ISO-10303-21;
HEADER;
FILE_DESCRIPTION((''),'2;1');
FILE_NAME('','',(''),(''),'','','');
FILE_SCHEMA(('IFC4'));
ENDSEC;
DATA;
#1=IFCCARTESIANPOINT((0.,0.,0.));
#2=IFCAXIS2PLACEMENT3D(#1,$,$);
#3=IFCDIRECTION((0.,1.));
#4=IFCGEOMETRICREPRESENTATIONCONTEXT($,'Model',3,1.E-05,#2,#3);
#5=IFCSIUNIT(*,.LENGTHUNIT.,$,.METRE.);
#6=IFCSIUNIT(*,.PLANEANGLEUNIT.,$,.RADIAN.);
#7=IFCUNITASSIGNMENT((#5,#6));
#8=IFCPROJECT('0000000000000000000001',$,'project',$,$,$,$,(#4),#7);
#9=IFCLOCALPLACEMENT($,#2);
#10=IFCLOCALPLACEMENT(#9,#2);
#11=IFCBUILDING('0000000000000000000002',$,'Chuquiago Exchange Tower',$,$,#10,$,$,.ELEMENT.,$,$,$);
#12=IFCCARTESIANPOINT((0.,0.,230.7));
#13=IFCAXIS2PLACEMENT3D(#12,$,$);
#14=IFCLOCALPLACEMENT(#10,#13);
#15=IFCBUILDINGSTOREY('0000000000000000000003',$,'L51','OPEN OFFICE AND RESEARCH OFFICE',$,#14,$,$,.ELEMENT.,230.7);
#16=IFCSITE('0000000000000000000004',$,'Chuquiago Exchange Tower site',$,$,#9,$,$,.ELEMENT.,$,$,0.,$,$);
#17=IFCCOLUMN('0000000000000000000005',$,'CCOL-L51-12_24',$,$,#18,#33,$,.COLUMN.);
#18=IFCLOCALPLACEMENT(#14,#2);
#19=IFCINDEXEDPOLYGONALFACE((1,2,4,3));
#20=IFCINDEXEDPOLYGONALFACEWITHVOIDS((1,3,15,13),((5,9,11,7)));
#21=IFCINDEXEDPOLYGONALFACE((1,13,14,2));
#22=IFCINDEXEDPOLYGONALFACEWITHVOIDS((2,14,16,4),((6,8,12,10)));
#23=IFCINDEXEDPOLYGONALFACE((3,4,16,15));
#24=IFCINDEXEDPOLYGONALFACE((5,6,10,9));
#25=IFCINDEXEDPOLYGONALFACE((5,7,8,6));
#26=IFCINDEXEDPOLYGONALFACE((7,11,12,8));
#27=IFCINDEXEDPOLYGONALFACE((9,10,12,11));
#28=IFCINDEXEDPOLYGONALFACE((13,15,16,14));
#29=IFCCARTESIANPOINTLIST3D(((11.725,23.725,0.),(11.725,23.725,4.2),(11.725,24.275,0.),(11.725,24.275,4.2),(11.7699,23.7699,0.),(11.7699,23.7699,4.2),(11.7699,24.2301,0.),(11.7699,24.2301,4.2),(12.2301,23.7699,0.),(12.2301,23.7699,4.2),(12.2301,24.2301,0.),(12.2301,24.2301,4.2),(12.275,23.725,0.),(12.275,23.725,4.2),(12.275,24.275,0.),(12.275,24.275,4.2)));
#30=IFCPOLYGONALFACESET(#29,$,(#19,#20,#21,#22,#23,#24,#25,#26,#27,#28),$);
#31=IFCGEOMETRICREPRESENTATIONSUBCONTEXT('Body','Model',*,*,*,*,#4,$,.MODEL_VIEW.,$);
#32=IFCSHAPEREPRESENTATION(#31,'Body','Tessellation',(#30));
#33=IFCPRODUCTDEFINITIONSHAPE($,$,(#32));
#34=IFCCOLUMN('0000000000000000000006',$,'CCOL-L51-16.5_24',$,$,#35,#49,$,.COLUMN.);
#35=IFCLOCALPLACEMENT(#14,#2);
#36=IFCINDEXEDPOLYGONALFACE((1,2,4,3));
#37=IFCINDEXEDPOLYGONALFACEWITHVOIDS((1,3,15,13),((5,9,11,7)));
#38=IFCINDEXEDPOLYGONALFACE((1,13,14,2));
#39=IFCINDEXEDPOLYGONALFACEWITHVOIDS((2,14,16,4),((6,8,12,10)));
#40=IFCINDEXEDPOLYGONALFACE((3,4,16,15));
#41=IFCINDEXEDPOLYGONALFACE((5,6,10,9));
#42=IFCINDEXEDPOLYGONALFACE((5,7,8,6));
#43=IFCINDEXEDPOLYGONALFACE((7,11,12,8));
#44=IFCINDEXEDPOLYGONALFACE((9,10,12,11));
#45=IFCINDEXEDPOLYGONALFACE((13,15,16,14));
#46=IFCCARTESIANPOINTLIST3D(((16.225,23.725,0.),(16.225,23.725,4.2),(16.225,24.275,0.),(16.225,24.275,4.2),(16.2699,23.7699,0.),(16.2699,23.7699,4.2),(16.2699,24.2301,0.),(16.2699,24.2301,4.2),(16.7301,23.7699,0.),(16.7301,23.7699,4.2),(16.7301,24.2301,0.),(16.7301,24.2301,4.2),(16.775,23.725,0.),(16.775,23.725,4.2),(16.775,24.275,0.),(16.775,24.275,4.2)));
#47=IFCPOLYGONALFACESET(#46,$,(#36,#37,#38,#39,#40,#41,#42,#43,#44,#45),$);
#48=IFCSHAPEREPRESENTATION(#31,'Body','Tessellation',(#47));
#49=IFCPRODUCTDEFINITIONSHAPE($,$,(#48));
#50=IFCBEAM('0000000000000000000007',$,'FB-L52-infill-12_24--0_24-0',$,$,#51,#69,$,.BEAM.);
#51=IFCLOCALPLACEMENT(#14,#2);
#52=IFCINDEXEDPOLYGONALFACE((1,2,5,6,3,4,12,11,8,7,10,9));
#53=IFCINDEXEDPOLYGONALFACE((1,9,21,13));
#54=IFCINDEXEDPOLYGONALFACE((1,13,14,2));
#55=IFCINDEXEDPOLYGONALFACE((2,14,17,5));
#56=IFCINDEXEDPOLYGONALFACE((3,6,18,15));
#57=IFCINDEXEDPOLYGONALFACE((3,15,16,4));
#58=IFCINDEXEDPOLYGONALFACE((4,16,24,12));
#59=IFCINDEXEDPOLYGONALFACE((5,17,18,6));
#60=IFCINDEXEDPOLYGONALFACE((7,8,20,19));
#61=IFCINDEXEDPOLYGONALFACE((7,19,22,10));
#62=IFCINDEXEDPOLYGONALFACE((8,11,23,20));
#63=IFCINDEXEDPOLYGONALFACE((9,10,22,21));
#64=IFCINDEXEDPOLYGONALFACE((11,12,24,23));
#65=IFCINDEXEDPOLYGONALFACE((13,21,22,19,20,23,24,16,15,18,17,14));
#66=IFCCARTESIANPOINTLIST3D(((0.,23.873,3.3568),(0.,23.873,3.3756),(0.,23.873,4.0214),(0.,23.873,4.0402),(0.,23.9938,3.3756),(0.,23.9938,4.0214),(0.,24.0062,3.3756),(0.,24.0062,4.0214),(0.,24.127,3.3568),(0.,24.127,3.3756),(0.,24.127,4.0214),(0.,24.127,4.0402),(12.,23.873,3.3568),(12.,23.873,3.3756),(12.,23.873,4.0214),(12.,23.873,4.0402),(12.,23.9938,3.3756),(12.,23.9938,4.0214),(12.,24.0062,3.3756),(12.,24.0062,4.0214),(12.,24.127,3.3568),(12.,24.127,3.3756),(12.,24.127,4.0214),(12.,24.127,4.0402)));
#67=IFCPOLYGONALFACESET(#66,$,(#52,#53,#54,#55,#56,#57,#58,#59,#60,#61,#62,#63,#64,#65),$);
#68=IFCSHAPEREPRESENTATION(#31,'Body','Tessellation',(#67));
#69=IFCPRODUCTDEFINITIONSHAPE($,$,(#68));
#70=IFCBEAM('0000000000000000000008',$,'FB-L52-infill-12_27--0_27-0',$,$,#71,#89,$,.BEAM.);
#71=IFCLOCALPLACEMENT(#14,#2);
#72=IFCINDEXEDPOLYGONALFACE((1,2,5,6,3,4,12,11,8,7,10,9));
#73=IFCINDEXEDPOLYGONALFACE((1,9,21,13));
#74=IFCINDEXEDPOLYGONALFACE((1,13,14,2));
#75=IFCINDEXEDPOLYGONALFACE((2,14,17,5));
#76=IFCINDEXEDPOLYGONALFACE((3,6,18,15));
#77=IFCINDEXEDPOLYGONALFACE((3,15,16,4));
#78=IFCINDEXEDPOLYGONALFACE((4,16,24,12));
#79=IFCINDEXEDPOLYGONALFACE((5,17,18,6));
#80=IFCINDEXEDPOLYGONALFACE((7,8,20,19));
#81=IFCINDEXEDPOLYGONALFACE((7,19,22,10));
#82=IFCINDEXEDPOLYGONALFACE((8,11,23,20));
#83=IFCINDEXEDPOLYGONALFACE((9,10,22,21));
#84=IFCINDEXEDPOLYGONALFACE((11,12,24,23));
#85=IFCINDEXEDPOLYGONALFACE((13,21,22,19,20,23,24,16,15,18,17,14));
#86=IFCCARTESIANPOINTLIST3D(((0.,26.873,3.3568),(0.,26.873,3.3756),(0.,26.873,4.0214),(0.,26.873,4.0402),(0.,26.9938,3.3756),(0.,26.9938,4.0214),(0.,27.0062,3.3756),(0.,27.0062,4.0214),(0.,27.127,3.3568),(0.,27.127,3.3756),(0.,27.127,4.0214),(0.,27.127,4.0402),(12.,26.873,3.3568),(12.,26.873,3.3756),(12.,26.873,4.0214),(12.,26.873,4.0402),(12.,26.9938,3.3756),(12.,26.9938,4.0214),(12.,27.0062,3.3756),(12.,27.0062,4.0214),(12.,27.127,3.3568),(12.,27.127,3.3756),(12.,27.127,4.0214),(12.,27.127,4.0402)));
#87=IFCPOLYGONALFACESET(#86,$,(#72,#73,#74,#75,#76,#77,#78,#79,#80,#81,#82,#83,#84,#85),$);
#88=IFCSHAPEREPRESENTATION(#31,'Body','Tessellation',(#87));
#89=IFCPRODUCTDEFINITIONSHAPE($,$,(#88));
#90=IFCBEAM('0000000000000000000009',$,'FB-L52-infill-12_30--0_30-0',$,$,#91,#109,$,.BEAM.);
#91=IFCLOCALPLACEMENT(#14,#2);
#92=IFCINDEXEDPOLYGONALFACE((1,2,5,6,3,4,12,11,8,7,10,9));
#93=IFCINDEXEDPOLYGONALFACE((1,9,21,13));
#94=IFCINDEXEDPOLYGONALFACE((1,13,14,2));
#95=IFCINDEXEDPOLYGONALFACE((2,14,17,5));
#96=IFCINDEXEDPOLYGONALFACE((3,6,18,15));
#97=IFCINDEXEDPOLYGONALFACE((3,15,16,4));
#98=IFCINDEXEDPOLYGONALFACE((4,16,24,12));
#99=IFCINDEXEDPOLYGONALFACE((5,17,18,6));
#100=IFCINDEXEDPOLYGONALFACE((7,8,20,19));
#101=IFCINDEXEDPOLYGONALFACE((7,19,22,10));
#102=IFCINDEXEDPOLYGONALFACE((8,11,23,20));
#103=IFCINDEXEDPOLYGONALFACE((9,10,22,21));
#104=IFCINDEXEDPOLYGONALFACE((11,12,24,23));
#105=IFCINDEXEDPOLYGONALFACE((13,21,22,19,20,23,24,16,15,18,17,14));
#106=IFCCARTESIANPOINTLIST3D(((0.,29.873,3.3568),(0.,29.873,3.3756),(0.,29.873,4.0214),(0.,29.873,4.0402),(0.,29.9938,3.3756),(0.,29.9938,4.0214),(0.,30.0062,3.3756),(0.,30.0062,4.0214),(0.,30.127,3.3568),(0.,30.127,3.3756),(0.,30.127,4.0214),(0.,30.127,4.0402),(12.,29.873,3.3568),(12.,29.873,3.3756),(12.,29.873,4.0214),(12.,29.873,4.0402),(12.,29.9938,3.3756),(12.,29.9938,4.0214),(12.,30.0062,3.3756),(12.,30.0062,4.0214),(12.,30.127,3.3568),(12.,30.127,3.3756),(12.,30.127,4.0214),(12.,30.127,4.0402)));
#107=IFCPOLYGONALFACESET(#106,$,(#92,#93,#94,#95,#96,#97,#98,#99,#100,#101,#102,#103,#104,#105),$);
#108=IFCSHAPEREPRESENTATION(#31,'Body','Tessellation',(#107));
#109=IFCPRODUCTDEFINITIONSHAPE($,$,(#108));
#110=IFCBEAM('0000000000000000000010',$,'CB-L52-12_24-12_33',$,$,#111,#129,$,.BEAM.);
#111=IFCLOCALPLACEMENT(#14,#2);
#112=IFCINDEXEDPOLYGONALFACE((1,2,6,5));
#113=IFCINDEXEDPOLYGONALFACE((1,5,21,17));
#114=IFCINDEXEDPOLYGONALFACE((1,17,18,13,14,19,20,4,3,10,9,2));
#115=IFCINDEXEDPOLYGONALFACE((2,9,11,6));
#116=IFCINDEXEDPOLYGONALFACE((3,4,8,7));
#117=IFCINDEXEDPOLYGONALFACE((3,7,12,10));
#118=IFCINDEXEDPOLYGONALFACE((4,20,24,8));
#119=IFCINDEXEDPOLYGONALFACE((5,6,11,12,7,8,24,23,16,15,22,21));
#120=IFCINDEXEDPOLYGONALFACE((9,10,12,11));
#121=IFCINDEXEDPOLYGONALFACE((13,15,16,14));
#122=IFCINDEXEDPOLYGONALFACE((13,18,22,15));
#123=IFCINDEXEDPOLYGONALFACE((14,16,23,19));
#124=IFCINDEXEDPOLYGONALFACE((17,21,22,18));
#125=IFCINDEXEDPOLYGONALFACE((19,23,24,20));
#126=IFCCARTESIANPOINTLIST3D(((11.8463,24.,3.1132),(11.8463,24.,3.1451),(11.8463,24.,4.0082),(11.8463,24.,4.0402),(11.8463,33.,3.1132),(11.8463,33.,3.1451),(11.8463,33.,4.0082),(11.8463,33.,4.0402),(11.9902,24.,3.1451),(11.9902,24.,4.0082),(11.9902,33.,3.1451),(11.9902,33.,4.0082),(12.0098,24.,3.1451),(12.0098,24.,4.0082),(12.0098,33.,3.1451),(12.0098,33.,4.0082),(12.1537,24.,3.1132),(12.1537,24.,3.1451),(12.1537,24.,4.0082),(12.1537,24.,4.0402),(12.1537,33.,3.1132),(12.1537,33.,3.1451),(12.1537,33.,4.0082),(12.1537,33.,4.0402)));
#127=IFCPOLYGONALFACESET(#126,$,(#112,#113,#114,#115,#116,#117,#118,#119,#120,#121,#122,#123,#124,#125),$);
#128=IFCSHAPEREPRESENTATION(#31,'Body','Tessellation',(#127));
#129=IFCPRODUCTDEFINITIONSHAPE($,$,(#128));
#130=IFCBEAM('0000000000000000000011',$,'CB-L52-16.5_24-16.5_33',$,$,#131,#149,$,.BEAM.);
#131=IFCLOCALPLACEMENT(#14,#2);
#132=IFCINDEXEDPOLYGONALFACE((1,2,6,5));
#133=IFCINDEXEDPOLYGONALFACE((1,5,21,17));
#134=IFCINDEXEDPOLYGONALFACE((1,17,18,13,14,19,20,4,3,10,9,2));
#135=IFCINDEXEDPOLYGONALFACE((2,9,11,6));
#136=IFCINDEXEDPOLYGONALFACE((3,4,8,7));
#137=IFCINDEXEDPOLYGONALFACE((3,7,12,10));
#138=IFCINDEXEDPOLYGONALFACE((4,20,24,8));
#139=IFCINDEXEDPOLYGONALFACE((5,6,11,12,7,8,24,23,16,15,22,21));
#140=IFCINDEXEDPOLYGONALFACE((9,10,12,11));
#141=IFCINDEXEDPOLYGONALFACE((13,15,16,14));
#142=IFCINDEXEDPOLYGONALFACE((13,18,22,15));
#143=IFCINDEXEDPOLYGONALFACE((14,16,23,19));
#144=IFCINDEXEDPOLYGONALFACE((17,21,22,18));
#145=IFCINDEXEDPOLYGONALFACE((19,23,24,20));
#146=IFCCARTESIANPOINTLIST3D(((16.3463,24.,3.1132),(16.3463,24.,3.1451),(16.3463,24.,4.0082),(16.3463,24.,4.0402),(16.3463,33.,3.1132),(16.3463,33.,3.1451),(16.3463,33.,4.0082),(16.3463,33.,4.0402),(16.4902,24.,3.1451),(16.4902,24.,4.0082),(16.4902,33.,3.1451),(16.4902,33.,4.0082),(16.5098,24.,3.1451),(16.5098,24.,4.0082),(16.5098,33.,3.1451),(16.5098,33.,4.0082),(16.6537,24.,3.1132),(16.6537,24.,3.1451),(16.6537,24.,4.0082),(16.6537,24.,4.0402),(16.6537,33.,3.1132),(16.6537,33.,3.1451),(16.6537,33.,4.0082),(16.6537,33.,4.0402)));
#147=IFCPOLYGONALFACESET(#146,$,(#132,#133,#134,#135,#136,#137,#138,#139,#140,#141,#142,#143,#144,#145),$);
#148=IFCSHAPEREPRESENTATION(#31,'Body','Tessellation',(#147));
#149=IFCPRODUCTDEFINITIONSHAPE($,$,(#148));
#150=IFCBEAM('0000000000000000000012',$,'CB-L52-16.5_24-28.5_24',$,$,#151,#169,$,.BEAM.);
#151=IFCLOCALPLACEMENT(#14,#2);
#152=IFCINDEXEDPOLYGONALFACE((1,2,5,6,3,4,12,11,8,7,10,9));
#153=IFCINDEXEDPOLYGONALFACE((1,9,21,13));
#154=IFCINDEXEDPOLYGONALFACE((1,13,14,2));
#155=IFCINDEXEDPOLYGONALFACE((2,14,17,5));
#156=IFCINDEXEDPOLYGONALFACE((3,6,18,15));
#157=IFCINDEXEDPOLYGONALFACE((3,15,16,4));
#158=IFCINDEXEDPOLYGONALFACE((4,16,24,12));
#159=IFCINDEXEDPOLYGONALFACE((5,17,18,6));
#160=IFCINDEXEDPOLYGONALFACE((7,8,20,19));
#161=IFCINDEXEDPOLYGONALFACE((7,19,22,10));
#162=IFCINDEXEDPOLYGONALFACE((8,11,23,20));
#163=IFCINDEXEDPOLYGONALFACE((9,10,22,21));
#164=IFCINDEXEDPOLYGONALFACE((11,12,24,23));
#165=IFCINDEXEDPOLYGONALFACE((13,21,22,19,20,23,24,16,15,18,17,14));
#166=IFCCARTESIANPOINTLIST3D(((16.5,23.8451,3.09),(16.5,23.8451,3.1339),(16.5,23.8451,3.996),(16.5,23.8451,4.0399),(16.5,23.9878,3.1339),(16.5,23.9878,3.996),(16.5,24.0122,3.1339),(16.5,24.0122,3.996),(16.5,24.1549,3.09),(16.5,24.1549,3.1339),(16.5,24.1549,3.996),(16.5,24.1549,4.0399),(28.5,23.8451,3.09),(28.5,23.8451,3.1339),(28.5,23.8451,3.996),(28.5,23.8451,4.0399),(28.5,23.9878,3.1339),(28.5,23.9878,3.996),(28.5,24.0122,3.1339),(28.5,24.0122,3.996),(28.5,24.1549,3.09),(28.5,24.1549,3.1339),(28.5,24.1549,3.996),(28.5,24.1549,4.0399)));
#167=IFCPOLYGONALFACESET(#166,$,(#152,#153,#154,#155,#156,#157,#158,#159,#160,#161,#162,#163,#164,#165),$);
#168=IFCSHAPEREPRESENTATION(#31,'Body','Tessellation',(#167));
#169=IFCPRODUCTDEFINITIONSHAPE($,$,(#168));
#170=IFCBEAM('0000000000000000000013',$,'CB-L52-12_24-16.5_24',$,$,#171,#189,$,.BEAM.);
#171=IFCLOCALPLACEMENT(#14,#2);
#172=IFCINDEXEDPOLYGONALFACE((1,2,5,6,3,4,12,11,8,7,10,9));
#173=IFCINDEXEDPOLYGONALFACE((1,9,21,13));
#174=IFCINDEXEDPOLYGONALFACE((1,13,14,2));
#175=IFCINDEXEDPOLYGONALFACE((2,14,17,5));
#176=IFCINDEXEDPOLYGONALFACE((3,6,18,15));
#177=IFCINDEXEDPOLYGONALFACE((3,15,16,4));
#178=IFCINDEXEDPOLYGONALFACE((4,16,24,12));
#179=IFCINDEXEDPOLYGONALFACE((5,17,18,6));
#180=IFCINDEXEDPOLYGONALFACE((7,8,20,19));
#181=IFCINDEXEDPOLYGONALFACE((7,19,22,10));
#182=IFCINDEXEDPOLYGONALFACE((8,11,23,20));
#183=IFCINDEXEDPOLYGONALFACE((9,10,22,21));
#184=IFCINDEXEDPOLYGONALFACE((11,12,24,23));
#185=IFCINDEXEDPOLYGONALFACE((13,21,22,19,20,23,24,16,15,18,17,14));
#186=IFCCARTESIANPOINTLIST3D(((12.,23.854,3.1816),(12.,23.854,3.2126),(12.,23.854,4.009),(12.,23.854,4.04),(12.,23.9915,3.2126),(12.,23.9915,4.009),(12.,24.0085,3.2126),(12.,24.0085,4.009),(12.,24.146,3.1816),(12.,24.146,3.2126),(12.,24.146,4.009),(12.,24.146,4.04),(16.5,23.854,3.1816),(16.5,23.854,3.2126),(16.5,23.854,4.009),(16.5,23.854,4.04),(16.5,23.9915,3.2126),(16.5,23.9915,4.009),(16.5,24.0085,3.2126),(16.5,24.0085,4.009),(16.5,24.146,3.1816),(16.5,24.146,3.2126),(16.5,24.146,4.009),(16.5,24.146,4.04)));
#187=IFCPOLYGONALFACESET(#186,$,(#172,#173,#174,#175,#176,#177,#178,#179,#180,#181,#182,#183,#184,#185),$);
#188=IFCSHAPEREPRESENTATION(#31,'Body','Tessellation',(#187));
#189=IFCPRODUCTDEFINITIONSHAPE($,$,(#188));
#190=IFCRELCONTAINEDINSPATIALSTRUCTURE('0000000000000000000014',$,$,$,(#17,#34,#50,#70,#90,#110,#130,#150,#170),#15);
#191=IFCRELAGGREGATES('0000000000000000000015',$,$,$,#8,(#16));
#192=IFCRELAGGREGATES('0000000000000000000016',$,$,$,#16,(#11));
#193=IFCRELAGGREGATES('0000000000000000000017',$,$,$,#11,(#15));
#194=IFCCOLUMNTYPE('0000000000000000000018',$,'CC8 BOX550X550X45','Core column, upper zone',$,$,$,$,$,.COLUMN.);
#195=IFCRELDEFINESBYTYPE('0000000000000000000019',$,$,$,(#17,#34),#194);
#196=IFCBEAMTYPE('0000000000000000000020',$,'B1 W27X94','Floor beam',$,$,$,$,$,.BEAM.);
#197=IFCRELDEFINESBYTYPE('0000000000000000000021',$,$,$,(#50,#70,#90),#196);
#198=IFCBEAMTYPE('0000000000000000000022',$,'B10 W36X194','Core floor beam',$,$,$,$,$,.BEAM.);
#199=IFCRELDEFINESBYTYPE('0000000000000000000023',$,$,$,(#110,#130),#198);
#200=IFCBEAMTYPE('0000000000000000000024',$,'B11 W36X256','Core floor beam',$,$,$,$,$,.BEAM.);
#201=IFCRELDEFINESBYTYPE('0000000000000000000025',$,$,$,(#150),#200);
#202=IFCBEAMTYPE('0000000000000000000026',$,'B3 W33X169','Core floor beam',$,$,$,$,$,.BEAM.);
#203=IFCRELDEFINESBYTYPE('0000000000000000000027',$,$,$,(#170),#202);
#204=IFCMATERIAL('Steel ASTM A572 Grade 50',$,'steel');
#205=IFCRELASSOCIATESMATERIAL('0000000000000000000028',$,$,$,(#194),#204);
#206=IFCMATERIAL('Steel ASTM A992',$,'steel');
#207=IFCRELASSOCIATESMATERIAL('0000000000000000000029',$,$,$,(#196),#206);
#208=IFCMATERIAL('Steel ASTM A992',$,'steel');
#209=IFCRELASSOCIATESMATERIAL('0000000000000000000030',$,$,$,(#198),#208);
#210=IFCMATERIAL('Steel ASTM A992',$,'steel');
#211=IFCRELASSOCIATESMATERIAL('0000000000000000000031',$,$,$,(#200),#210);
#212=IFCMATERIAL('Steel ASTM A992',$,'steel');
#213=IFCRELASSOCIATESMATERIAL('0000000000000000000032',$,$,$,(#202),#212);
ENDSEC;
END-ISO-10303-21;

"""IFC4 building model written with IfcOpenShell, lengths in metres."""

from ifc_helpers import new_model, si_unit, direction, frame, origin, origin_2d, place, context, subcontext, project, spatial, hollow_rectangle, i_section, extrude, material, material_profile, profile_set, type_object, element, save


model = new_model("IFC4")

# Units and contexts
model_context = context("Model", 3, precision=1e-05, world=origin(), true_north=direction((0.0, 1.0)))
body_context = subcontext(model_context, "Body", "Model", "MODEL_VIEW")
ifc_project = project(units=[si_unit("LENGTHUNIT", "METRE"), si_unit("PLANEANGLEUNIT", "RADIAN")], contexts=[model_context])

# Site, building, storey
site_placement = place(None, origin())
site = spatial("IfcSite", under=ifc_project, at=site_placement, Name="Chuquiago Exchange Tower site", CompositionType="ELEMENT", RefElevation=0.0)
building_placement = place(site_placement, origin())
building = spatial("IfcBuilding", under=site, at=building_placement, Name="Chuquiago Exchange Tower", CompositionType="ELEMENT")
storey_placement = place(building_placement, frame((0.0, 0.0, 230.7)))
storey = spatial("IfcBuildingStorey", under=building, at=storey_placement, Name="L51", Description="OPEN OFFICE AND RESEARCH OFFICE", CompositionType="ELEMENT", Elevation=230.7)

# Columns
ifc_material_1 = material(Name="Steel ASTM A572 Grade 50", Category="steel")
ifc_material_profile_1 = material_profile(ifc_material_1, hollow_rectangle(XDim=0.55, YDim=0.55, WallThickness=0.0449, at=origin_2d()), Name="BOX550X550X45")
ifc_profile_set_1 = profile_set([ifc_material_profile_1], Name="Steel ASTM A572 Grade 50")
column_type = type_object("IfcColumnType", Name="CC8 BOX550X550X45", Description="Core column, upper zone", PredefinedType="COLUMN", material=ifc_profile_set_1)
for number, where, z_axis, x_axis, name in (
    (1, (12.0, 24.0, 0.0), (0.0, 0.0, 1.0), (1.0, 0.0, 0.0), "CCOL-L51-12_24"),
    (2, (16.5, 24.0, 0.0), (0.0, 0.0, 1.0), (1.0, 0.0, 0.0), "CCOL-L51-16.5_24"),
):
    element("IfcColumn", number, at=place(storey_placement, frame(where, z_axis=z_axis, x_axis=x_axis)), inside=storey, type_object=column_type, Name=name, PredefinedType="COLUMN", context=body_context, shape_type="SweptSolid", body=[
        extrude(hollow_rectangle(XDim=0.55, YDim=0.55, WallThickness=0.0449, at=origin_2d()), origin(), (0.0, 0.0, 1.0), 4.2),
    ])

# Beams
ifc_material_2 = material(Name="Steel ASTM A992", Category="steel")
ifc_material_profile_2 = material_profile(ifc_material_2, i_section(OverallWidth=0.2539, OverallDepth=0.6833, WebThickness=0.0125, FlangeThickness=0.0188, at=origin_2d()), Name="W27X94")
ifc_profile_set_2 = profile_set([ifc_material_profile_2], Name="Steel ASTM A992")
beam_type_1 = type_object("IfcBeamType", Name="B1 W27X94", Description="Floor beam", PredefinedType="BEAM", material=ifc_profile_set_2)
for number, where, z_axis, x_axis, name in (
    (3, (12.0, 24.0, 3.6985), (-1.0, 0.0, 0.0), (0.0, -1.0, 0.0), "FB-L52-infill-12_24--0_24-0"),
    (4, (12.0, 27.0, 3.6985), (-1.0, 0.0, 0.0), (0.0, -1.0, 0.0), "FB-L52-infill-12_27--0_27-0"),
    (5, (12.0, 30.0, 3.6985), (-1.0, 0.0, 0.0), (0.0, -1.0, 0.0), "FB-L52-infill-12_30--0_30-0"),
):
    element("IfcBeam", number, at=place(storey_placement, frame(where, z_axis=z_axis, x_axis=x_axis)), inside=storey, type_object=beam_type_1, Name=name, PredefinedType="BEAM", context=body_context, shape_type="SweptSolid", body=[
        extrude(i_section(OverallWidth=0.2539, OverallDepth=0.6833, WebThickness=0.0125, FlangeThickness=0.0188, at=origin_2d()), origin(), (0.0, 0.0, 1.0), 12.0),
    ])
ifc_material_3 = material(Name="Steel ASTM A992", Category="steel")
ifc_material_profile_3 = material_profile(ifc_material_3, i_section(OverallWidth=0.3074, OverallDepth=0.927, WebThickness=0.0195, FlangeThickness=0.032, at=origin_2d()), Name="W36X194")
ifc_profile_set_3 = profile_set([ifc_material_profile_3], Name="Steel ASTM A992")
beam_type_2 = type_object("IfcBeamType", Name="B10 W36X194", Description="Core floor beam", PredefinedType="BEAM", material=ifc_profile_set_3)
for number, where, z_axis, x_axis, name in (
    (6, (12.0, 24.0, 3.5767), (0.0, 1.0, 0.0), (-1.0, 0.0, 0.0), "CB-L52-12_24-12_33"),
    (7, (16.5, 24.0, 3.5767), (0.0, 1.0, 0.0), (-1.0, 0.0, 0.0), "CB-L52-16.5_24-16.5_33"),
):
    element("IfcBeam", number, at=place(storey_placement, frame(where, z_axis=z_axis, x_axis=x_axis)), inside=storey, type_object=beam_type_2, Name=name, PredefinedType="BEAM", context=body_context, shape_type="SweptSolid", body=[
        extrude(i_section(OverallWidth=0.3074, OverallDepth=0.927, WebThickness=0.0195, FlangeThickness=0.032, at=origin_2d()), origin(), (0.0, 0.0, 1.0), 9.0),
    ])
ifc_material_4 = material(Name="Steel ASTM A992", Category="steel")
ifc_material_profile_4 = material_profile(ifc_material_4, i_section(OverallWidth=0.3098, OverallDepth=0.95, WebThickness=0.0244, FlangeThickness=0.0439, at=origin_2d()), Name="W36X256")
ifc_profile_set_4 = profile_set([ifc_material_profile_4], Name="Steel ASTM A992")
beam_type_3 = type_object("IfcBeamType", Name="B11 W36X256", Description="Core floor beam", PredefinedType="BEAM", material=ifc_profile_set_4)
beam_1_placement = place(storey_placement, frame((16.5, 24.0, 3.5649), z_axis=(1.0, 0.0, 0.0), x_axis=(0.0, 1.0, 0.0)))
element("IfcBeam", 8, at=beam_1_placement, inside=storey, type_object=beam_type_3, Name="CB-L52-16.5_24-28.5_24", PredefinedType="BEAM", context=body_context, shape_type="SweptSolid", body=[
    extrude(i_section(OverallWidth=0.3098, OverallDepth=0.95, WebThickness=0.0244, FlangeThickness=0.0439, at=origin_2d()), origin(), (0.0, 0.0, 1.0), 12.0),
])
ifc_material_5 = material(Name="Steel ASTM A992", Category="steel")
ifc_material_profile_5 = material_profile(ifc_material_5, i_section(OverallWidth=0.292, OverallDepth=0.8584, WebThickness=0.0171, FlangeThickness=0.031, at=origin_2d()), Name="W33X169")
ifc_profile_set_5 = profile_set([ifc_material_profile_5], Name="Steel ASTM A992")
beam_type_4 = type_object("IfcBeamType", Name="B3 W33X169", Description="Core floor beam", PredefinedType="BEAM", material=ifc_profile_set_5)
beam_2_placement = place(storey_placement, frame((12.0, 24.0, 3.6108), z_axis=(1.0, 0.0, 0.0), x_axis=(0.0, 1.0, 0.0)))
element("IfcBeam", 9, at=beam_2_placement, inside=storey, type_object=beam_type_4, Name="CB-L52-12_24-16.5_24", PredefinedType="BEAM", context=body_context, shape_type="SweptSolid", body=[
    extrude(i_section(OverallWidth=0.292, OverallDepth=0.8584, WebThickness=0.0171, FlangeThickness=0.031, at=origin_2d()), origin(), (0.0, 0.0, 1.0), 4.5),
])

save(model, "model.ifc")
